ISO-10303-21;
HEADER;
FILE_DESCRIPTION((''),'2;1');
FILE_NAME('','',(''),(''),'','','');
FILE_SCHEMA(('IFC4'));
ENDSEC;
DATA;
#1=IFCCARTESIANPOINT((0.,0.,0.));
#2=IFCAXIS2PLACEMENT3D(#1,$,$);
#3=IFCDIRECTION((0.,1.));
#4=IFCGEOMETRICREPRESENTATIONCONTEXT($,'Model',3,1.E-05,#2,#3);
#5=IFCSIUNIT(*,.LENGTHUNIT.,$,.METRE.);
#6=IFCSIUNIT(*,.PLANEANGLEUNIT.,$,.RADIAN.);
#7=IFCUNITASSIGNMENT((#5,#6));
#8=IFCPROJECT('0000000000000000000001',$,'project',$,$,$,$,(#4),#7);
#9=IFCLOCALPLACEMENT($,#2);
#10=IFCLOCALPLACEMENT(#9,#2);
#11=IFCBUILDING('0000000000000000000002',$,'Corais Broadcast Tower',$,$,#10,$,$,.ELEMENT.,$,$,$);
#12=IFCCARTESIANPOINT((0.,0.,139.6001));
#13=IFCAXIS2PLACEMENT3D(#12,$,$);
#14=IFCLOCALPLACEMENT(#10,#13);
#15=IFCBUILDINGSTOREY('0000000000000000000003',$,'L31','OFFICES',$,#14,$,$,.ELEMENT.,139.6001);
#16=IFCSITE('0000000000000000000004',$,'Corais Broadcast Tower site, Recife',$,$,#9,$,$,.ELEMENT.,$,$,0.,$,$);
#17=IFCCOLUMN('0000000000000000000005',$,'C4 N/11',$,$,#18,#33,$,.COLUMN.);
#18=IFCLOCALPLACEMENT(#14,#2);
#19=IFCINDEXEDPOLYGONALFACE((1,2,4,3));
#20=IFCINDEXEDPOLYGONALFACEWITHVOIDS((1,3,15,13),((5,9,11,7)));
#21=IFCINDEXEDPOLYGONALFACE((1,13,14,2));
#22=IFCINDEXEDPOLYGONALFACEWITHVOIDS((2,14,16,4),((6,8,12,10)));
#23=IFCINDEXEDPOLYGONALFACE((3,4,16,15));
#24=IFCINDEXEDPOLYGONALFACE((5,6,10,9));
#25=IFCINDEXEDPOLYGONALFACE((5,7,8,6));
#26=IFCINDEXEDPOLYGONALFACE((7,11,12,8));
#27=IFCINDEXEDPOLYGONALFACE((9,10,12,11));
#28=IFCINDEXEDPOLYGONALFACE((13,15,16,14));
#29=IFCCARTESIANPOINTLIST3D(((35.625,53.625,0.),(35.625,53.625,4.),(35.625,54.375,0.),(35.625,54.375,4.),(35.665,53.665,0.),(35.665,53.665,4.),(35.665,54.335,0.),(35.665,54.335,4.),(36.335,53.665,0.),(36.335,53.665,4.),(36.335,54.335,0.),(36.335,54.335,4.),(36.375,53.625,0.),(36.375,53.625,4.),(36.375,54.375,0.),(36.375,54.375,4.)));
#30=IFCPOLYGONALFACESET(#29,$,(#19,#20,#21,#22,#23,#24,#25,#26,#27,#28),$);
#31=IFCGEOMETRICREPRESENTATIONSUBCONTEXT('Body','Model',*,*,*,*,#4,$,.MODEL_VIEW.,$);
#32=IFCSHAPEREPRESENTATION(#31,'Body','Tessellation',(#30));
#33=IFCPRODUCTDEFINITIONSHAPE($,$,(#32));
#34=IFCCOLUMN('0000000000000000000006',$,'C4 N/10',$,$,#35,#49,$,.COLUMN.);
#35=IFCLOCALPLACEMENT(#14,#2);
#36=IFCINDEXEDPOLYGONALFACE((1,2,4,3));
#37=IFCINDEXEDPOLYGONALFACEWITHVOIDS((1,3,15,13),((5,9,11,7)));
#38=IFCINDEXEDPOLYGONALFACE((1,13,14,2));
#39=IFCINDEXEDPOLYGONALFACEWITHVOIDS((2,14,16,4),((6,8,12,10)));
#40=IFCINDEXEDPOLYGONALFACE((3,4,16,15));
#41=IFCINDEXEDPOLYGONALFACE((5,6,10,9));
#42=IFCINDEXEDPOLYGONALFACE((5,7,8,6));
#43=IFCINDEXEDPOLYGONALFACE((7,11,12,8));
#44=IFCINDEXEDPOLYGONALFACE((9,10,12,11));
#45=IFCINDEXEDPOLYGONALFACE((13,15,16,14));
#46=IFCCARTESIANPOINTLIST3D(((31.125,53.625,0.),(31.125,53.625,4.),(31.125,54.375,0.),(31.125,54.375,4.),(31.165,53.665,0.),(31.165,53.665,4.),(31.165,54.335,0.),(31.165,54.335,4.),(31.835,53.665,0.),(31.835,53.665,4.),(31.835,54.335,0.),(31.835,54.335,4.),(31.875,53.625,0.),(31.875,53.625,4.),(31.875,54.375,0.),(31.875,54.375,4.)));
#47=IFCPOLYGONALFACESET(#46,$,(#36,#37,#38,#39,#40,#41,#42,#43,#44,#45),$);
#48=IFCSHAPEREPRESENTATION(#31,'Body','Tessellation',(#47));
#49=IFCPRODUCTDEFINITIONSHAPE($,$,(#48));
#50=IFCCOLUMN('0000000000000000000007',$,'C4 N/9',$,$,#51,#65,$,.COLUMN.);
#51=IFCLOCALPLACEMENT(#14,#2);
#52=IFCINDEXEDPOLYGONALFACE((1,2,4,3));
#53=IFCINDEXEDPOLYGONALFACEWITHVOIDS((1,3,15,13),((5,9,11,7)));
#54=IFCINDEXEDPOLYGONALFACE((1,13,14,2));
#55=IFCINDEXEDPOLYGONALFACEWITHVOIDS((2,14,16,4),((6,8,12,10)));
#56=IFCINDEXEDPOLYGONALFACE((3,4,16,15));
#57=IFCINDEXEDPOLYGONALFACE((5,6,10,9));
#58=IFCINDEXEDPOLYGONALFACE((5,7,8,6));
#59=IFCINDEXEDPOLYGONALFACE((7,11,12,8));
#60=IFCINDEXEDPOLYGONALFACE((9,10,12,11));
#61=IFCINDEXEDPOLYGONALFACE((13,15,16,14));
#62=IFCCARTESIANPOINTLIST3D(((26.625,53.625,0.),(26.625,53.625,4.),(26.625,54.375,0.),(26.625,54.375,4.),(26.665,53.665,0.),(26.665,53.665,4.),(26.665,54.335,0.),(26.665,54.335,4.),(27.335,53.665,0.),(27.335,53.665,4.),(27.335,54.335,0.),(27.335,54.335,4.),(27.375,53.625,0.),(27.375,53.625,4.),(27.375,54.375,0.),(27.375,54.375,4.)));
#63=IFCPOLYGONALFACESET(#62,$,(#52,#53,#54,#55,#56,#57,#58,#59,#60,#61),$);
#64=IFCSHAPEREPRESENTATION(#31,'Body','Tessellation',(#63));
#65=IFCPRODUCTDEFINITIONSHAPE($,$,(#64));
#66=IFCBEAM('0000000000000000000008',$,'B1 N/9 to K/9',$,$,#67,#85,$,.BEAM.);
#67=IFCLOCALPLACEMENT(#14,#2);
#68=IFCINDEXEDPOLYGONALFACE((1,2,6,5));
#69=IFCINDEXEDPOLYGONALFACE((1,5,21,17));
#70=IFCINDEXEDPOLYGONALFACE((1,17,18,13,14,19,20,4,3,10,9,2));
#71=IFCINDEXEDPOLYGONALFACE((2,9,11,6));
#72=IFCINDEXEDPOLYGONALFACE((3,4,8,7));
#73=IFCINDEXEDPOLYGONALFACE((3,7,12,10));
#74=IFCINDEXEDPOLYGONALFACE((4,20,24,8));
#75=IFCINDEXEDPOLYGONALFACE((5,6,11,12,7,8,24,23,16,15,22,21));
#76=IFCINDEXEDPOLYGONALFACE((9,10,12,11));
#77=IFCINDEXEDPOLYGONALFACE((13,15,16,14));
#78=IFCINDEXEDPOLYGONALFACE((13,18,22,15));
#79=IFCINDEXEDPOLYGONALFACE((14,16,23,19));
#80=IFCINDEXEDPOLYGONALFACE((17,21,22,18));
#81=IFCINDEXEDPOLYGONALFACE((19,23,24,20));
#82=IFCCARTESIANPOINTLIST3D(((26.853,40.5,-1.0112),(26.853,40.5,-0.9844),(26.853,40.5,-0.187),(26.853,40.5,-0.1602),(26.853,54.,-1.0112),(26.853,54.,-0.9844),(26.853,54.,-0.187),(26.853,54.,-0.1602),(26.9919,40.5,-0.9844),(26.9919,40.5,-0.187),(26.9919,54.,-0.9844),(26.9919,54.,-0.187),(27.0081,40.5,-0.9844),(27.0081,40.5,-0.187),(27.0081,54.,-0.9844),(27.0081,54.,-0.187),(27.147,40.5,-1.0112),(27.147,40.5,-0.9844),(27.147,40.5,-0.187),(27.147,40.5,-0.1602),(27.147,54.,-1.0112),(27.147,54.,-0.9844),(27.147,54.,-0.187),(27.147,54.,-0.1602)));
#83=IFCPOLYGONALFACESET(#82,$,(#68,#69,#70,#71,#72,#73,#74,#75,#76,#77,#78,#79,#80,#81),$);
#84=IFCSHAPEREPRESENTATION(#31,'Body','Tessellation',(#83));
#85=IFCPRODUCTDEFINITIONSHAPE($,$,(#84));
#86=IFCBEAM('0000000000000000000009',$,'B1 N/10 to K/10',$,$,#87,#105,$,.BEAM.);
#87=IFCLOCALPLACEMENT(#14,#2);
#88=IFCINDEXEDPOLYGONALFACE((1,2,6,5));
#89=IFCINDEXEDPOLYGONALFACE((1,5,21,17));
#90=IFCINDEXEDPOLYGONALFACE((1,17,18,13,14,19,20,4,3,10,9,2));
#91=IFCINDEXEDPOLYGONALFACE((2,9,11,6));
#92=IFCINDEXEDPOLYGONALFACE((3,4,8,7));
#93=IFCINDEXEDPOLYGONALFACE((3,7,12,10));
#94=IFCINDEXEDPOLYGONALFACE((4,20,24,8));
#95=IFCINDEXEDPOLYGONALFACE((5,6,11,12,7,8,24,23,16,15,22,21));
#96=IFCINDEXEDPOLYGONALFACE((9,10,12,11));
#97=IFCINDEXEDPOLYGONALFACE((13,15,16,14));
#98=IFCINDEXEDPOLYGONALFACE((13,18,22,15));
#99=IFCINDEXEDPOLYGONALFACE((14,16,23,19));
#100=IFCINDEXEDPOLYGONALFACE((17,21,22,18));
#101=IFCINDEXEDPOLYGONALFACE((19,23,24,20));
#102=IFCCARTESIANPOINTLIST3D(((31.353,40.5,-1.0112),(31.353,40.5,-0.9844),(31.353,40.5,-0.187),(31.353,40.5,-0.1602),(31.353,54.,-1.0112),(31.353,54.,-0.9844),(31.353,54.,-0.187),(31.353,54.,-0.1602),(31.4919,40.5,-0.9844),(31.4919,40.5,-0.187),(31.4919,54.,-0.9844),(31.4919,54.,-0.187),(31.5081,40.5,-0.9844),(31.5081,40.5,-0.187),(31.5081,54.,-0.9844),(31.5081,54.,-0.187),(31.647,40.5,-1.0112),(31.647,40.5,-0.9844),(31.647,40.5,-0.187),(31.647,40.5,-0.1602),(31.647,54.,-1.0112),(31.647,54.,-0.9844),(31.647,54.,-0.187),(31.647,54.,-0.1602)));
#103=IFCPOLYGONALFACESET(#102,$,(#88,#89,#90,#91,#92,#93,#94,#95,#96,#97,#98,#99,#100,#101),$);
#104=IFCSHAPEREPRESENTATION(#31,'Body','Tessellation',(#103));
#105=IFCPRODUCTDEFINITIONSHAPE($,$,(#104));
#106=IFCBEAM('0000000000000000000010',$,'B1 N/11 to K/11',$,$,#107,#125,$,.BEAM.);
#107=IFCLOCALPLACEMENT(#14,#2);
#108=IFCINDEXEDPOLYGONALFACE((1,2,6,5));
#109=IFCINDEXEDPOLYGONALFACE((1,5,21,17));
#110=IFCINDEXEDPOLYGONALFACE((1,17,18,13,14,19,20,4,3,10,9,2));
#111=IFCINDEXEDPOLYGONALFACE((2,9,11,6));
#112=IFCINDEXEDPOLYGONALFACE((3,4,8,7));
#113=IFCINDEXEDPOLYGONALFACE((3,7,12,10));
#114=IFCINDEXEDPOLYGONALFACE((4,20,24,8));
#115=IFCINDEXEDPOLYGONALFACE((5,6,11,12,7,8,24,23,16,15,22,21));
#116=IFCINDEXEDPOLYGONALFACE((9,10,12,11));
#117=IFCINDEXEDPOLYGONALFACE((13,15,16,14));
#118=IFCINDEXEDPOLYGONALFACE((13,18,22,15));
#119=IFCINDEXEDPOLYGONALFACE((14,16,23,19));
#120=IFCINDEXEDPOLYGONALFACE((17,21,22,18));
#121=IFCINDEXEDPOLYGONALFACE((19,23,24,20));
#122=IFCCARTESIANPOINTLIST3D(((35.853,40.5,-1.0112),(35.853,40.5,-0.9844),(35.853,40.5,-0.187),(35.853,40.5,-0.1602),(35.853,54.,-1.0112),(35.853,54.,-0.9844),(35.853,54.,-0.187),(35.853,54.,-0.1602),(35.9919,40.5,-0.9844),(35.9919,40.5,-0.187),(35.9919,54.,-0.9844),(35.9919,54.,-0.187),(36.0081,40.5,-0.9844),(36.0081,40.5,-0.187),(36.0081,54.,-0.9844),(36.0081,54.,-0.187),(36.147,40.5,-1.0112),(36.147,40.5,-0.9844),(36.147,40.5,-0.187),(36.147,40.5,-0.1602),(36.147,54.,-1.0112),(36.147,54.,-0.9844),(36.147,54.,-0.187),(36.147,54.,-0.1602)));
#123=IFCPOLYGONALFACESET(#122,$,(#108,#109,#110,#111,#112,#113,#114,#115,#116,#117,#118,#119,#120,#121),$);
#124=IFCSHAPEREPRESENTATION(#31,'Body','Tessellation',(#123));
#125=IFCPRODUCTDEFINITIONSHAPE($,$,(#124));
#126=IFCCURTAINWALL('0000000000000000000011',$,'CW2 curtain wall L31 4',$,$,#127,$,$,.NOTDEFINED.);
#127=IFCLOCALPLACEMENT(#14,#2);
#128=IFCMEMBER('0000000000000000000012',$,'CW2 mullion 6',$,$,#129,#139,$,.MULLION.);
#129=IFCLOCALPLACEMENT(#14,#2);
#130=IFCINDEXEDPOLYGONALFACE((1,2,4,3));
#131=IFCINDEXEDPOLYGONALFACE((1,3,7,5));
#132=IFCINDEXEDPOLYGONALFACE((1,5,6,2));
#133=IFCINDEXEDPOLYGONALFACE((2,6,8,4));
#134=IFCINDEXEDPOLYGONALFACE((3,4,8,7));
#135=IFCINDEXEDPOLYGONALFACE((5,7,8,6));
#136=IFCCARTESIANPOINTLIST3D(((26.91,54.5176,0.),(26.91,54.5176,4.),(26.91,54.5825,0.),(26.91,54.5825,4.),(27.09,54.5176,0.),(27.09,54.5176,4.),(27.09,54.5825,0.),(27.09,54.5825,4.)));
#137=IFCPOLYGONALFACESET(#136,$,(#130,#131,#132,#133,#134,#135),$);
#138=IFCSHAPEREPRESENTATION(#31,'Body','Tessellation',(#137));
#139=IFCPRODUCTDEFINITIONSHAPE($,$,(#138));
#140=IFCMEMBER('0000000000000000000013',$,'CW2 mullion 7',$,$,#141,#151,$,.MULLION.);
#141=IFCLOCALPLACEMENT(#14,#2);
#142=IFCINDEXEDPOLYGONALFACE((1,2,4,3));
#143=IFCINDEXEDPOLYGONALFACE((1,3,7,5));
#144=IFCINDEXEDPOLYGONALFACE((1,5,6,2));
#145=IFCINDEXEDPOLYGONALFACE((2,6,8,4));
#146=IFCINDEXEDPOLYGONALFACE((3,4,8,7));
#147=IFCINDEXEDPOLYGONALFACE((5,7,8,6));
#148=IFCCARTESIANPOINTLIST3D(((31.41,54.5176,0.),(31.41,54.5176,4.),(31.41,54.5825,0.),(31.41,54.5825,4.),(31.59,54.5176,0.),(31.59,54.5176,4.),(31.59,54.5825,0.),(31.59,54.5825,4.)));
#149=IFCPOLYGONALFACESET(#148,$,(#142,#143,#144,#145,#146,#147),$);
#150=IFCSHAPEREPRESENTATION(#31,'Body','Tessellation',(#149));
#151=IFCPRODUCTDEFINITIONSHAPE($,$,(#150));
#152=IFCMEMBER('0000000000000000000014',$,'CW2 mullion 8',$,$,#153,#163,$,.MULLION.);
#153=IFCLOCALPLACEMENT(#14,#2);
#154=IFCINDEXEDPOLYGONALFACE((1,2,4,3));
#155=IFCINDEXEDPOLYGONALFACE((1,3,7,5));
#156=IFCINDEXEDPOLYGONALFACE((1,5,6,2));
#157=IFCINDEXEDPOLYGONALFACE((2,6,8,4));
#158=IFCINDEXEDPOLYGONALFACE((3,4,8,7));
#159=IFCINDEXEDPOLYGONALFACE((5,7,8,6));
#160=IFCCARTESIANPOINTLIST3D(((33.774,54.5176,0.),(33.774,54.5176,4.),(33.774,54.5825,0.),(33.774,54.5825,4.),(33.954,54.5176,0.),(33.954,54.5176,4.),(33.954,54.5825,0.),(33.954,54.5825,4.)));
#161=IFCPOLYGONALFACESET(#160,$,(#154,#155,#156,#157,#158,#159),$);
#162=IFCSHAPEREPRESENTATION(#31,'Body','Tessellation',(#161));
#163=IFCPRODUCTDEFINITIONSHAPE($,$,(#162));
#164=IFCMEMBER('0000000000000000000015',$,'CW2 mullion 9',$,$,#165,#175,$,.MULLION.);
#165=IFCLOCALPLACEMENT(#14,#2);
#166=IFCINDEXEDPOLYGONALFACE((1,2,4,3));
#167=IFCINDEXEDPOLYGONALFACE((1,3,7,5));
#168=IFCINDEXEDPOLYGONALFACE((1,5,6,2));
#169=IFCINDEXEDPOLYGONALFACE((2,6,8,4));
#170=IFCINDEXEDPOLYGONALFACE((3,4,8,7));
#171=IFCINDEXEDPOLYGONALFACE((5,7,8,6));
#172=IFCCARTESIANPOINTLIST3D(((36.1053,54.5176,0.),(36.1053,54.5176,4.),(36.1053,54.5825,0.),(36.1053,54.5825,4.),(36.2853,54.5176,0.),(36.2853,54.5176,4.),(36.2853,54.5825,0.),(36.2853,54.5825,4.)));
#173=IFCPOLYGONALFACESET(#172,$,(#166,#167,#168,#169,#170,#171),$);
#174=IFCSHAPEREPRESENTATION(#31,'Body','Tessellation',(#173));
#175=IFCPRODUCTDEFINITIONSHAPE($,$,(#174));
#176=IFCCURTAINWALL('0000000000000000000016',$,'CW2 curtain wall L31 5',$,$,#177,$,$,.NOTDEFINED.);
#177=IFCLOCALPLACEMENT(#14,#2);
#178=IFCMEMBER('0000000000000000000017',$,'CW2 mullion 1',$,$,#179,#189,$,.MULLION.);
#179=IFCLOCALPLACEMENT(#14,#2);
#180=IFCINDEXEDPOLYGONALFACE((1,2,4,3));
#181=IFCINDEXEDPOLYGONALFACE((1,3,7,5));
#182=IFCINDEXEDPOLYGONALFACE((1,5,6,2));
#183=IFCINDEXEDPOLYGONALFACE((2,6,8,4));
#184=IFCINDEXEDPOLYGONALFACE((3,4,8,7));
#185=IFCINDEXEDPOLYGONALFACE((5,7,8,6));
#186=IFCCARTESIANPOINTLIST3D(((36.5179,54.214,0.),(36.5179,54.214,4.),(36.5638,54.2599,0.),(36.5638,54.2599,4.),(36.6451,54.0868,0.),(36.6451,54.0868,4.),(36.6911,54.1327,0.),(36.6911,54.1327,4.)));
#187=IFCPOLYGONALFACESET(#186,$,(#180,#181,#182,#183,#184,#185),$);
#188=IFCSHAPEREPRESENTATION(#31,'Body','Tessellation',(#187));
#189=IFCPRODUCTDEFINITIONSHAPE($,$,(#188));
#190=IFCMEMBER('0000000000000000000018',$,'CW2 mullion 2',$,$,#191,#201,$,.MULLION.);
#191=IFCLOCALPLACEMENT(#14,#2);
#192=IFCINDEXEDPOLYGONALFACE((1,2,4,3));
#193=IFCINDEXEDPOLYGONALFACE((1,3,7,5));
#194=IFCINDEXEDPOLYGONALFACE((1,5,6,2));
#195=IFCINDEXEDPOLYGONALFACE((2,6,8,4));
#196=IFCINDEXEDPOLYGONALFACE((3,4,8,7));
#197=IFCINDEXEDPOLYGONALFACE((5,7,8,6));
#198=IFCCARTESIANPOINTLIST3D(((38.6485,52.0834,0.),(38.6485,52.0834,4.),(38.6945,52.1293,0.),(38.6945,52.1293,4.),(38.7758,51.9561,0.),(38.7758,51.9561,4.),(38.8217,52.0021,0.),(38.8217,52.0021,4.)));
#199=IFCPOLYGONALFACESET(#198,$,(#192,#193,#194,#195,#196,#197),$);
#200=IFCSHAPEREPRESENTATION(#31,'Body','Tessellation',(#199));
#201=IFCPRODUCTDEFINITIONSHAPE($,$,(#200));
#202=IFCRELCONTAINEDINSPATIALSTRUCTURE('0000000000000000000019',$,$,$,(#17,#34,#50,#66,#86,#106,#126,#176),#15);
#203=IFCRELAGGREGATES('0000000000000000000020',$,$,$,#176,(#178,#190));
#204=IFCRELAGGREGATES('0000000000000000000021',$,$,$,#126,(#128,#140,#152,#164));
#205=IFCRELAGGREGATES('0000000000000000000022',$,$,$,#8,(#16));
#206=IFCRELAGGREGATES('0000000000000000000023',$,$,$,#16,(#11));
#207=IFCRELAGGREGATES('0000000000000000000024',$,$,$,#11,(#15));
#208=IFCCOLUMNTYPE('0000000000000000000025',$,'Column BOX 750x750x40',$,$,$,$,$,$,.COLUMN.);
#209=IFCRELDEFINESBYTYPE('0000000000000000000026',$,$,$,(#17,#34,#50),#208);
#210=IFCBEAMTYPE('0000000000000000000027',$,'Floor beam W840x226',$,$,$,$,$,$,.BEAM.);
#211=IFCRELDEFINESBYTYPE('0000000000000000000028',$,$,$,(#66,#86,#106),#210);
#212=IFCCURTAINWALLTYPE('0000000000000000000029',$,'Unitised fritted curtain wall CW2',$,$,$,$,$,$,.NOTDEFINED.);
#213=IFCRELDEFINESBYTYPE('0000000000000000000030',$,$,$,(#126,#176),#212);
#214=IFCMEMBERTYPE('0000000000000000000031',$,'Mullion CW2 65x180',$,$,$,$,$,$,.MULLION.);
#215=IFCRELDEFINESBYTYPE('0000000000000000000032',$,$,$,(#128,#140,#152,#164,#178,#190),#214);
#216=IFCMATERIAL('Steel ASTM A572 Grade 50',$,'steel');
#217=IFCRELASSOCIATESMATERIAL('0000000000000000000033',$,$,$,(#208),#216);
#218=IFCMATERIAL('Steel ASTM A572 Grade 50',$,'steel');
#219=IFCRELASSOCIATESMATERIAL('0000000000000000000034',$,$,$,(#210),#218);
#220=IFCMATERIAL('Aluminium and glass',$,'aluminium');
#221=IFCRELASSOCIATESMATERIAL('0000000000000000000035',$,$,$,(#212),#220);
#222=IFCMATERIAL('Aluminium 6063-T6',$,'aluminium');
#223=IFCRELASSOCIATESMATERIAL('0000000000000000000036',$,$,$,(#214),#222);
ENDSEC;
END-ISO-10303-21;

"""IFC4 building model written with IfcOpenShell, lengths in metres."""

from ifc_helpers import new_model, si_unit, direction, frame, origin, origin_2d, place, context, subcontext, project, spatial, rectangle, hollow_rectangle, i_section, extrude, material, material_profile, profile_set, type_object, element, aggregate, save


model = new_model("IFC4")

# Units and contexts
model_context = context("Model", 3, precision=1e-05, world=origin(), true_north=direction((0.0, 1.0)))
body_context = subcontext(model_context, "Body", "Model", "MODEL_VIEW")
ifc_project = project(units=[si_unit("LENGTHUNIT", "METRE"), si_unit("PLANEANGLEUNIT", "RADIAN")], contexts=[model_context])

# Site, building, storey
site_placement = place(None, origin())
site = spatial("IfcSite", under=ifc_project, at=site_placement, Name="Corais Broadcast Tower site, Recife", CompositionType="ELEMENT", RefElevation=0.0)
building_placement = place(site_placement, origin())
building = spatial("IfcBuilding", under=site, at=building_placement, Name="Corais Broadcast Tower", CompositionType="ELEMENT")
storey_placement = place(building_placement, frame((0.0, 0.0, 139.6001)))
storey = spatial("IfcBuildingStorey", under=building, at=storey_placement, Name="L31", Description="OFFICES", CompositionType="ELEMENT", Elevation=139.6001)

# Columns
ifc_material_1 = material(Name="Steel ASTM A572 Grade 50", Category="steel")
ifc_material_profile_1 = material_profile(ifc_material_1, hollow_rectangle(XDim=0.75, YDim=0.75, WallThickness=0.04, at=origin_2d()), Name="BOX 750x750x40")
ifc_profile_set_1 = profile_set([ifc_material_profile_1], Name="Steel ASTM A572 Grade 50")
column_type = type_object("IfcColumnType", Name="Column BOX 750x750x40", PredefinedType="COLUMN", material=ifc_profile_set_1)
for number, where, z_axis, x_axis, name in (
    (1, (36.0, 54.0, 0.0), (0.0, 0.0, 1.0), (1.0, 0.0, 0.0), "C4 N/11"),
    (2, (31.5, 54.0, 0.0), (0.0, 0.0, 1.0), (1.0, 0.0, 0.0), "C4 N/10"),
    (3, (27.0, 54.0, 0.0), (0.0, 0.0, 1.0), (1.0, 0.0, 0.0), "C4 N/9"),
):
    element("IfcColumn", number, at=place(storey_placement, frame(where, z_axis=z_axis, x_axis=x_axis)), inside=storey, type_object=column_type, Name=name, PredefinedType="COLUMN", context=body_context, shape_type="SweptSolid", body=[
        extrude(hollow_rectangle(XDim=0.75, YDim=0.75, WallThickness=0.04, at=origin_2d()), origin(), (0.0, 0.0, 1.0), 4.0),
    ])

# Beams
ifc_material_2 = material(Name="Steel ASTM A572 Grade 50", Category="steel")
ifc_material_profile_2 = material_profile(ifc_material_2, i_section(OverallWidth=0.2939, OverallDepth=0.8511, WebThickness=0.0161, FlangeThickness=0.0269, at=origin_2d()), Name="W840x226")
ifc_profile_set_2 = profile_set([ifc_material_profile_2], Name="Steel ASTM A572 Grade 50")
beam_type_1 = type_object("IfcBeamType", Name="Floor beam W840x226", PredefinedType="BEAM", material=ifc_profile_set_2)
for number, where, z_axis, x_axis, name in (
    (4, (27.0, 54.0, -0.5857), (0.0, -1.0, 0.0), (1.0, 0.0, 0.0), "B1 N/9 to K/9"),
    (5, (31.5, 54.0, -0.5857), (0.0, -1.0, 0.0), (1.0, 0.0, 0.0), "B1 N/10 to K/10"),
    (6, (36.0, 54.0, -0.5857), (0.0, -1.0, 0.0), (1.0, 0.0, 0.0), "B1 N/11 to K/11"),
):
    element("IfcBeam", number, at=place(storey_placement, frame(where, z_axis=z_axis, x_axis=x_axis)), inside=storey, type_object=beam_type_1, Name=name, PredefinedType="BEAM", context=body_context, shape_type="SweptSolid", body=[
        extrude(i_section(OverallWidth=0.2939, OverallDepth=0.8511, WebThickness=0.0161, FlangeThickness=0.0269, at=origin_2d()), origin(), (0.0, 0.0, 1.0), 13.5),
    ])

# Curtain walls, members
ifc_material_3 = material(Name="Aluminium and glass", Category="aluminium")
curtain_wall_type = type_object("IfcCurtainWallType", Name="Unitised fritted curtain wall CW2", PredefinedType="NOTDEFINED", material=ifc_material_3)
curtain_wall_1_placement = place(storey_placement, origin())
curtain_wall_1 = element("IfcCurtainWall", 7, at=curtain_wall_1_placement, inside=storey, type_object=curtain_wall_type, Name="CW2 curtain wall L31 4", PredefinedType="NOTDEFINED")
ifc_material_4 = material(Name="Aluminium 6063-T6", Category="aluminium")
ifc_material_profile_3 = material_profile(ifc_material_4, rectangle(XDim=0.0649, YDim=0.1799, at=origin_2d()), Name="Mullion CW2 65x180")
ifc_profile_set_3 = profile_set([ifc_material_profile_3], Name="Aluminium 6063-T6")
member_type_1 = type_object("IfcMemberType", Name="Mullion CW2 65x180", PredefinedType="MULLION", material=ifc_profile_set_3)
member_1_placement = place(storey_placement, frame((27.0, 54.55, 0.0), z_axis=(0.0, 0.0, 1.0), x_axis=(0.0, 1.0, 0.0)))
member_1 = element("IfcMember", 8, at=member_1_placement, type_object=member_type_1, Name="CW2 mullion 6", PredefinedType="MULLION", context=body_context, shape_type="SweptSolid", body=[
    extrude(rectangle(XDim=0.0649, YDim=0.1799, at=origin_2d()), origin(), (0.0, 0.0, 1.0), 4.0),
])
member_2_placement = place(storey_placement, frame((31.5, 54.55, 0.0), z_axis=(0.0, 0.0, 1.0), x_axis=(0.0, 1.0, 0.0)))
member_2 = element("IfcMember", 9, at=member_2_placement, type_object=member_type_1, Name="CW2 mullion 7", PredefinedType="MULLION", context=body_context, shape_type="SweptSolid", body=[
    extrude(rectangle(XDim=0.0649, YDim=0.1799, at=origin_2d()), origin(), (0.0, 0.0, 1.0), 4.0),
])
member_3_placement = place(storey_placement, frame((33.864, 54.55, 0.0), z_axis=(0.0, 0.0, 1.0), x_axis=(0.0, 1.0, 0.0)))
member_3 = element("IfcMember", 10, at=member_3_placement, type_object=member_type_1, Name="CW2 mullion 8", PredefinedType="MULLION", context=body_context, shape_type="SweptSolid", body=[
    extrude(rectangle(XDim=0.0649, YDim=0.1799, at=origin_2d()), origin(), (0.0, 0.0, 1.0), 4.0),
])
member_4_placement = place(storey_placement, frame((36.1953, 54.55, 0.0), z_axis=(0.0, 0.0, 1.0), x_axis=(0.0, 1.0, 0.0)))
member_4 = element("IfcMember", 11, at=member_4_placement, type_object=member_type_1, Name="CW2 mullion 9", PredefinedType="MULLION", context=body_context, shape_type="SweptSolid", body=[
    extrude(rectangle(XDim=0.0649, YDim=0.1799, at=origin_2d()), origin(), (0.0, 0.0, 1.0), 4.0),
])
curtain_wall_2_placement = place(storey_placement, origin())
curtain_wall_2 = element("IfcCurtainWall", 12, at=curtain_wall_2_placement, inside=storey, type_object=curtain_wall_type, Name="CW2 curtain wall L31 5", PredefinedType="NOTDEFINED")
member_5_placement = place(storey_placement, frame((36.6045, 54.1733, 0.0), z_axis=(0.0, 0.0, 1.0), x_axis=(0.707107, 0.707107, 0.0)))
member_5 = element("IfcMember", 13, at=member_5_placement, type_object=member_type_1, Name="CW2 mullion 1", PredefinedType="MULLION", context=body_context, shape_type="SweptSolid", body=[
    extrude(rectangle(XDim=0.0649, YDim=0.1799, at=origin_2d()), origin(), (0.0, 0.0, 1.0), 4.0),
])
member_6_placement = place(storey_placement, frame((38.7351, 52.0427, 0.0), z_axis=(0.0, 0.0, 1.0), x_axis=(0.707107, 0.707107, 0.0)))
member_6 = element("IfcMember", 14, at=member_6_placement, type_object=member_type_1, Name="CW2 mullion 2", PredefinedType="MULLION", context=body_context, shape_type="SweptSolid", body=[
    extrude(rectangle(XDim=0.0649, YDim=0.1799, at=origin_2d()), origin(), (0.0, 0.0, 1.0), 4.0),
])

aggregate(curtain_wall_2, [member_5, member_6])
aggregate(curtain_wall_1, [member_1, member_2, member_3, member_4])

save(model, "model.ifc")
